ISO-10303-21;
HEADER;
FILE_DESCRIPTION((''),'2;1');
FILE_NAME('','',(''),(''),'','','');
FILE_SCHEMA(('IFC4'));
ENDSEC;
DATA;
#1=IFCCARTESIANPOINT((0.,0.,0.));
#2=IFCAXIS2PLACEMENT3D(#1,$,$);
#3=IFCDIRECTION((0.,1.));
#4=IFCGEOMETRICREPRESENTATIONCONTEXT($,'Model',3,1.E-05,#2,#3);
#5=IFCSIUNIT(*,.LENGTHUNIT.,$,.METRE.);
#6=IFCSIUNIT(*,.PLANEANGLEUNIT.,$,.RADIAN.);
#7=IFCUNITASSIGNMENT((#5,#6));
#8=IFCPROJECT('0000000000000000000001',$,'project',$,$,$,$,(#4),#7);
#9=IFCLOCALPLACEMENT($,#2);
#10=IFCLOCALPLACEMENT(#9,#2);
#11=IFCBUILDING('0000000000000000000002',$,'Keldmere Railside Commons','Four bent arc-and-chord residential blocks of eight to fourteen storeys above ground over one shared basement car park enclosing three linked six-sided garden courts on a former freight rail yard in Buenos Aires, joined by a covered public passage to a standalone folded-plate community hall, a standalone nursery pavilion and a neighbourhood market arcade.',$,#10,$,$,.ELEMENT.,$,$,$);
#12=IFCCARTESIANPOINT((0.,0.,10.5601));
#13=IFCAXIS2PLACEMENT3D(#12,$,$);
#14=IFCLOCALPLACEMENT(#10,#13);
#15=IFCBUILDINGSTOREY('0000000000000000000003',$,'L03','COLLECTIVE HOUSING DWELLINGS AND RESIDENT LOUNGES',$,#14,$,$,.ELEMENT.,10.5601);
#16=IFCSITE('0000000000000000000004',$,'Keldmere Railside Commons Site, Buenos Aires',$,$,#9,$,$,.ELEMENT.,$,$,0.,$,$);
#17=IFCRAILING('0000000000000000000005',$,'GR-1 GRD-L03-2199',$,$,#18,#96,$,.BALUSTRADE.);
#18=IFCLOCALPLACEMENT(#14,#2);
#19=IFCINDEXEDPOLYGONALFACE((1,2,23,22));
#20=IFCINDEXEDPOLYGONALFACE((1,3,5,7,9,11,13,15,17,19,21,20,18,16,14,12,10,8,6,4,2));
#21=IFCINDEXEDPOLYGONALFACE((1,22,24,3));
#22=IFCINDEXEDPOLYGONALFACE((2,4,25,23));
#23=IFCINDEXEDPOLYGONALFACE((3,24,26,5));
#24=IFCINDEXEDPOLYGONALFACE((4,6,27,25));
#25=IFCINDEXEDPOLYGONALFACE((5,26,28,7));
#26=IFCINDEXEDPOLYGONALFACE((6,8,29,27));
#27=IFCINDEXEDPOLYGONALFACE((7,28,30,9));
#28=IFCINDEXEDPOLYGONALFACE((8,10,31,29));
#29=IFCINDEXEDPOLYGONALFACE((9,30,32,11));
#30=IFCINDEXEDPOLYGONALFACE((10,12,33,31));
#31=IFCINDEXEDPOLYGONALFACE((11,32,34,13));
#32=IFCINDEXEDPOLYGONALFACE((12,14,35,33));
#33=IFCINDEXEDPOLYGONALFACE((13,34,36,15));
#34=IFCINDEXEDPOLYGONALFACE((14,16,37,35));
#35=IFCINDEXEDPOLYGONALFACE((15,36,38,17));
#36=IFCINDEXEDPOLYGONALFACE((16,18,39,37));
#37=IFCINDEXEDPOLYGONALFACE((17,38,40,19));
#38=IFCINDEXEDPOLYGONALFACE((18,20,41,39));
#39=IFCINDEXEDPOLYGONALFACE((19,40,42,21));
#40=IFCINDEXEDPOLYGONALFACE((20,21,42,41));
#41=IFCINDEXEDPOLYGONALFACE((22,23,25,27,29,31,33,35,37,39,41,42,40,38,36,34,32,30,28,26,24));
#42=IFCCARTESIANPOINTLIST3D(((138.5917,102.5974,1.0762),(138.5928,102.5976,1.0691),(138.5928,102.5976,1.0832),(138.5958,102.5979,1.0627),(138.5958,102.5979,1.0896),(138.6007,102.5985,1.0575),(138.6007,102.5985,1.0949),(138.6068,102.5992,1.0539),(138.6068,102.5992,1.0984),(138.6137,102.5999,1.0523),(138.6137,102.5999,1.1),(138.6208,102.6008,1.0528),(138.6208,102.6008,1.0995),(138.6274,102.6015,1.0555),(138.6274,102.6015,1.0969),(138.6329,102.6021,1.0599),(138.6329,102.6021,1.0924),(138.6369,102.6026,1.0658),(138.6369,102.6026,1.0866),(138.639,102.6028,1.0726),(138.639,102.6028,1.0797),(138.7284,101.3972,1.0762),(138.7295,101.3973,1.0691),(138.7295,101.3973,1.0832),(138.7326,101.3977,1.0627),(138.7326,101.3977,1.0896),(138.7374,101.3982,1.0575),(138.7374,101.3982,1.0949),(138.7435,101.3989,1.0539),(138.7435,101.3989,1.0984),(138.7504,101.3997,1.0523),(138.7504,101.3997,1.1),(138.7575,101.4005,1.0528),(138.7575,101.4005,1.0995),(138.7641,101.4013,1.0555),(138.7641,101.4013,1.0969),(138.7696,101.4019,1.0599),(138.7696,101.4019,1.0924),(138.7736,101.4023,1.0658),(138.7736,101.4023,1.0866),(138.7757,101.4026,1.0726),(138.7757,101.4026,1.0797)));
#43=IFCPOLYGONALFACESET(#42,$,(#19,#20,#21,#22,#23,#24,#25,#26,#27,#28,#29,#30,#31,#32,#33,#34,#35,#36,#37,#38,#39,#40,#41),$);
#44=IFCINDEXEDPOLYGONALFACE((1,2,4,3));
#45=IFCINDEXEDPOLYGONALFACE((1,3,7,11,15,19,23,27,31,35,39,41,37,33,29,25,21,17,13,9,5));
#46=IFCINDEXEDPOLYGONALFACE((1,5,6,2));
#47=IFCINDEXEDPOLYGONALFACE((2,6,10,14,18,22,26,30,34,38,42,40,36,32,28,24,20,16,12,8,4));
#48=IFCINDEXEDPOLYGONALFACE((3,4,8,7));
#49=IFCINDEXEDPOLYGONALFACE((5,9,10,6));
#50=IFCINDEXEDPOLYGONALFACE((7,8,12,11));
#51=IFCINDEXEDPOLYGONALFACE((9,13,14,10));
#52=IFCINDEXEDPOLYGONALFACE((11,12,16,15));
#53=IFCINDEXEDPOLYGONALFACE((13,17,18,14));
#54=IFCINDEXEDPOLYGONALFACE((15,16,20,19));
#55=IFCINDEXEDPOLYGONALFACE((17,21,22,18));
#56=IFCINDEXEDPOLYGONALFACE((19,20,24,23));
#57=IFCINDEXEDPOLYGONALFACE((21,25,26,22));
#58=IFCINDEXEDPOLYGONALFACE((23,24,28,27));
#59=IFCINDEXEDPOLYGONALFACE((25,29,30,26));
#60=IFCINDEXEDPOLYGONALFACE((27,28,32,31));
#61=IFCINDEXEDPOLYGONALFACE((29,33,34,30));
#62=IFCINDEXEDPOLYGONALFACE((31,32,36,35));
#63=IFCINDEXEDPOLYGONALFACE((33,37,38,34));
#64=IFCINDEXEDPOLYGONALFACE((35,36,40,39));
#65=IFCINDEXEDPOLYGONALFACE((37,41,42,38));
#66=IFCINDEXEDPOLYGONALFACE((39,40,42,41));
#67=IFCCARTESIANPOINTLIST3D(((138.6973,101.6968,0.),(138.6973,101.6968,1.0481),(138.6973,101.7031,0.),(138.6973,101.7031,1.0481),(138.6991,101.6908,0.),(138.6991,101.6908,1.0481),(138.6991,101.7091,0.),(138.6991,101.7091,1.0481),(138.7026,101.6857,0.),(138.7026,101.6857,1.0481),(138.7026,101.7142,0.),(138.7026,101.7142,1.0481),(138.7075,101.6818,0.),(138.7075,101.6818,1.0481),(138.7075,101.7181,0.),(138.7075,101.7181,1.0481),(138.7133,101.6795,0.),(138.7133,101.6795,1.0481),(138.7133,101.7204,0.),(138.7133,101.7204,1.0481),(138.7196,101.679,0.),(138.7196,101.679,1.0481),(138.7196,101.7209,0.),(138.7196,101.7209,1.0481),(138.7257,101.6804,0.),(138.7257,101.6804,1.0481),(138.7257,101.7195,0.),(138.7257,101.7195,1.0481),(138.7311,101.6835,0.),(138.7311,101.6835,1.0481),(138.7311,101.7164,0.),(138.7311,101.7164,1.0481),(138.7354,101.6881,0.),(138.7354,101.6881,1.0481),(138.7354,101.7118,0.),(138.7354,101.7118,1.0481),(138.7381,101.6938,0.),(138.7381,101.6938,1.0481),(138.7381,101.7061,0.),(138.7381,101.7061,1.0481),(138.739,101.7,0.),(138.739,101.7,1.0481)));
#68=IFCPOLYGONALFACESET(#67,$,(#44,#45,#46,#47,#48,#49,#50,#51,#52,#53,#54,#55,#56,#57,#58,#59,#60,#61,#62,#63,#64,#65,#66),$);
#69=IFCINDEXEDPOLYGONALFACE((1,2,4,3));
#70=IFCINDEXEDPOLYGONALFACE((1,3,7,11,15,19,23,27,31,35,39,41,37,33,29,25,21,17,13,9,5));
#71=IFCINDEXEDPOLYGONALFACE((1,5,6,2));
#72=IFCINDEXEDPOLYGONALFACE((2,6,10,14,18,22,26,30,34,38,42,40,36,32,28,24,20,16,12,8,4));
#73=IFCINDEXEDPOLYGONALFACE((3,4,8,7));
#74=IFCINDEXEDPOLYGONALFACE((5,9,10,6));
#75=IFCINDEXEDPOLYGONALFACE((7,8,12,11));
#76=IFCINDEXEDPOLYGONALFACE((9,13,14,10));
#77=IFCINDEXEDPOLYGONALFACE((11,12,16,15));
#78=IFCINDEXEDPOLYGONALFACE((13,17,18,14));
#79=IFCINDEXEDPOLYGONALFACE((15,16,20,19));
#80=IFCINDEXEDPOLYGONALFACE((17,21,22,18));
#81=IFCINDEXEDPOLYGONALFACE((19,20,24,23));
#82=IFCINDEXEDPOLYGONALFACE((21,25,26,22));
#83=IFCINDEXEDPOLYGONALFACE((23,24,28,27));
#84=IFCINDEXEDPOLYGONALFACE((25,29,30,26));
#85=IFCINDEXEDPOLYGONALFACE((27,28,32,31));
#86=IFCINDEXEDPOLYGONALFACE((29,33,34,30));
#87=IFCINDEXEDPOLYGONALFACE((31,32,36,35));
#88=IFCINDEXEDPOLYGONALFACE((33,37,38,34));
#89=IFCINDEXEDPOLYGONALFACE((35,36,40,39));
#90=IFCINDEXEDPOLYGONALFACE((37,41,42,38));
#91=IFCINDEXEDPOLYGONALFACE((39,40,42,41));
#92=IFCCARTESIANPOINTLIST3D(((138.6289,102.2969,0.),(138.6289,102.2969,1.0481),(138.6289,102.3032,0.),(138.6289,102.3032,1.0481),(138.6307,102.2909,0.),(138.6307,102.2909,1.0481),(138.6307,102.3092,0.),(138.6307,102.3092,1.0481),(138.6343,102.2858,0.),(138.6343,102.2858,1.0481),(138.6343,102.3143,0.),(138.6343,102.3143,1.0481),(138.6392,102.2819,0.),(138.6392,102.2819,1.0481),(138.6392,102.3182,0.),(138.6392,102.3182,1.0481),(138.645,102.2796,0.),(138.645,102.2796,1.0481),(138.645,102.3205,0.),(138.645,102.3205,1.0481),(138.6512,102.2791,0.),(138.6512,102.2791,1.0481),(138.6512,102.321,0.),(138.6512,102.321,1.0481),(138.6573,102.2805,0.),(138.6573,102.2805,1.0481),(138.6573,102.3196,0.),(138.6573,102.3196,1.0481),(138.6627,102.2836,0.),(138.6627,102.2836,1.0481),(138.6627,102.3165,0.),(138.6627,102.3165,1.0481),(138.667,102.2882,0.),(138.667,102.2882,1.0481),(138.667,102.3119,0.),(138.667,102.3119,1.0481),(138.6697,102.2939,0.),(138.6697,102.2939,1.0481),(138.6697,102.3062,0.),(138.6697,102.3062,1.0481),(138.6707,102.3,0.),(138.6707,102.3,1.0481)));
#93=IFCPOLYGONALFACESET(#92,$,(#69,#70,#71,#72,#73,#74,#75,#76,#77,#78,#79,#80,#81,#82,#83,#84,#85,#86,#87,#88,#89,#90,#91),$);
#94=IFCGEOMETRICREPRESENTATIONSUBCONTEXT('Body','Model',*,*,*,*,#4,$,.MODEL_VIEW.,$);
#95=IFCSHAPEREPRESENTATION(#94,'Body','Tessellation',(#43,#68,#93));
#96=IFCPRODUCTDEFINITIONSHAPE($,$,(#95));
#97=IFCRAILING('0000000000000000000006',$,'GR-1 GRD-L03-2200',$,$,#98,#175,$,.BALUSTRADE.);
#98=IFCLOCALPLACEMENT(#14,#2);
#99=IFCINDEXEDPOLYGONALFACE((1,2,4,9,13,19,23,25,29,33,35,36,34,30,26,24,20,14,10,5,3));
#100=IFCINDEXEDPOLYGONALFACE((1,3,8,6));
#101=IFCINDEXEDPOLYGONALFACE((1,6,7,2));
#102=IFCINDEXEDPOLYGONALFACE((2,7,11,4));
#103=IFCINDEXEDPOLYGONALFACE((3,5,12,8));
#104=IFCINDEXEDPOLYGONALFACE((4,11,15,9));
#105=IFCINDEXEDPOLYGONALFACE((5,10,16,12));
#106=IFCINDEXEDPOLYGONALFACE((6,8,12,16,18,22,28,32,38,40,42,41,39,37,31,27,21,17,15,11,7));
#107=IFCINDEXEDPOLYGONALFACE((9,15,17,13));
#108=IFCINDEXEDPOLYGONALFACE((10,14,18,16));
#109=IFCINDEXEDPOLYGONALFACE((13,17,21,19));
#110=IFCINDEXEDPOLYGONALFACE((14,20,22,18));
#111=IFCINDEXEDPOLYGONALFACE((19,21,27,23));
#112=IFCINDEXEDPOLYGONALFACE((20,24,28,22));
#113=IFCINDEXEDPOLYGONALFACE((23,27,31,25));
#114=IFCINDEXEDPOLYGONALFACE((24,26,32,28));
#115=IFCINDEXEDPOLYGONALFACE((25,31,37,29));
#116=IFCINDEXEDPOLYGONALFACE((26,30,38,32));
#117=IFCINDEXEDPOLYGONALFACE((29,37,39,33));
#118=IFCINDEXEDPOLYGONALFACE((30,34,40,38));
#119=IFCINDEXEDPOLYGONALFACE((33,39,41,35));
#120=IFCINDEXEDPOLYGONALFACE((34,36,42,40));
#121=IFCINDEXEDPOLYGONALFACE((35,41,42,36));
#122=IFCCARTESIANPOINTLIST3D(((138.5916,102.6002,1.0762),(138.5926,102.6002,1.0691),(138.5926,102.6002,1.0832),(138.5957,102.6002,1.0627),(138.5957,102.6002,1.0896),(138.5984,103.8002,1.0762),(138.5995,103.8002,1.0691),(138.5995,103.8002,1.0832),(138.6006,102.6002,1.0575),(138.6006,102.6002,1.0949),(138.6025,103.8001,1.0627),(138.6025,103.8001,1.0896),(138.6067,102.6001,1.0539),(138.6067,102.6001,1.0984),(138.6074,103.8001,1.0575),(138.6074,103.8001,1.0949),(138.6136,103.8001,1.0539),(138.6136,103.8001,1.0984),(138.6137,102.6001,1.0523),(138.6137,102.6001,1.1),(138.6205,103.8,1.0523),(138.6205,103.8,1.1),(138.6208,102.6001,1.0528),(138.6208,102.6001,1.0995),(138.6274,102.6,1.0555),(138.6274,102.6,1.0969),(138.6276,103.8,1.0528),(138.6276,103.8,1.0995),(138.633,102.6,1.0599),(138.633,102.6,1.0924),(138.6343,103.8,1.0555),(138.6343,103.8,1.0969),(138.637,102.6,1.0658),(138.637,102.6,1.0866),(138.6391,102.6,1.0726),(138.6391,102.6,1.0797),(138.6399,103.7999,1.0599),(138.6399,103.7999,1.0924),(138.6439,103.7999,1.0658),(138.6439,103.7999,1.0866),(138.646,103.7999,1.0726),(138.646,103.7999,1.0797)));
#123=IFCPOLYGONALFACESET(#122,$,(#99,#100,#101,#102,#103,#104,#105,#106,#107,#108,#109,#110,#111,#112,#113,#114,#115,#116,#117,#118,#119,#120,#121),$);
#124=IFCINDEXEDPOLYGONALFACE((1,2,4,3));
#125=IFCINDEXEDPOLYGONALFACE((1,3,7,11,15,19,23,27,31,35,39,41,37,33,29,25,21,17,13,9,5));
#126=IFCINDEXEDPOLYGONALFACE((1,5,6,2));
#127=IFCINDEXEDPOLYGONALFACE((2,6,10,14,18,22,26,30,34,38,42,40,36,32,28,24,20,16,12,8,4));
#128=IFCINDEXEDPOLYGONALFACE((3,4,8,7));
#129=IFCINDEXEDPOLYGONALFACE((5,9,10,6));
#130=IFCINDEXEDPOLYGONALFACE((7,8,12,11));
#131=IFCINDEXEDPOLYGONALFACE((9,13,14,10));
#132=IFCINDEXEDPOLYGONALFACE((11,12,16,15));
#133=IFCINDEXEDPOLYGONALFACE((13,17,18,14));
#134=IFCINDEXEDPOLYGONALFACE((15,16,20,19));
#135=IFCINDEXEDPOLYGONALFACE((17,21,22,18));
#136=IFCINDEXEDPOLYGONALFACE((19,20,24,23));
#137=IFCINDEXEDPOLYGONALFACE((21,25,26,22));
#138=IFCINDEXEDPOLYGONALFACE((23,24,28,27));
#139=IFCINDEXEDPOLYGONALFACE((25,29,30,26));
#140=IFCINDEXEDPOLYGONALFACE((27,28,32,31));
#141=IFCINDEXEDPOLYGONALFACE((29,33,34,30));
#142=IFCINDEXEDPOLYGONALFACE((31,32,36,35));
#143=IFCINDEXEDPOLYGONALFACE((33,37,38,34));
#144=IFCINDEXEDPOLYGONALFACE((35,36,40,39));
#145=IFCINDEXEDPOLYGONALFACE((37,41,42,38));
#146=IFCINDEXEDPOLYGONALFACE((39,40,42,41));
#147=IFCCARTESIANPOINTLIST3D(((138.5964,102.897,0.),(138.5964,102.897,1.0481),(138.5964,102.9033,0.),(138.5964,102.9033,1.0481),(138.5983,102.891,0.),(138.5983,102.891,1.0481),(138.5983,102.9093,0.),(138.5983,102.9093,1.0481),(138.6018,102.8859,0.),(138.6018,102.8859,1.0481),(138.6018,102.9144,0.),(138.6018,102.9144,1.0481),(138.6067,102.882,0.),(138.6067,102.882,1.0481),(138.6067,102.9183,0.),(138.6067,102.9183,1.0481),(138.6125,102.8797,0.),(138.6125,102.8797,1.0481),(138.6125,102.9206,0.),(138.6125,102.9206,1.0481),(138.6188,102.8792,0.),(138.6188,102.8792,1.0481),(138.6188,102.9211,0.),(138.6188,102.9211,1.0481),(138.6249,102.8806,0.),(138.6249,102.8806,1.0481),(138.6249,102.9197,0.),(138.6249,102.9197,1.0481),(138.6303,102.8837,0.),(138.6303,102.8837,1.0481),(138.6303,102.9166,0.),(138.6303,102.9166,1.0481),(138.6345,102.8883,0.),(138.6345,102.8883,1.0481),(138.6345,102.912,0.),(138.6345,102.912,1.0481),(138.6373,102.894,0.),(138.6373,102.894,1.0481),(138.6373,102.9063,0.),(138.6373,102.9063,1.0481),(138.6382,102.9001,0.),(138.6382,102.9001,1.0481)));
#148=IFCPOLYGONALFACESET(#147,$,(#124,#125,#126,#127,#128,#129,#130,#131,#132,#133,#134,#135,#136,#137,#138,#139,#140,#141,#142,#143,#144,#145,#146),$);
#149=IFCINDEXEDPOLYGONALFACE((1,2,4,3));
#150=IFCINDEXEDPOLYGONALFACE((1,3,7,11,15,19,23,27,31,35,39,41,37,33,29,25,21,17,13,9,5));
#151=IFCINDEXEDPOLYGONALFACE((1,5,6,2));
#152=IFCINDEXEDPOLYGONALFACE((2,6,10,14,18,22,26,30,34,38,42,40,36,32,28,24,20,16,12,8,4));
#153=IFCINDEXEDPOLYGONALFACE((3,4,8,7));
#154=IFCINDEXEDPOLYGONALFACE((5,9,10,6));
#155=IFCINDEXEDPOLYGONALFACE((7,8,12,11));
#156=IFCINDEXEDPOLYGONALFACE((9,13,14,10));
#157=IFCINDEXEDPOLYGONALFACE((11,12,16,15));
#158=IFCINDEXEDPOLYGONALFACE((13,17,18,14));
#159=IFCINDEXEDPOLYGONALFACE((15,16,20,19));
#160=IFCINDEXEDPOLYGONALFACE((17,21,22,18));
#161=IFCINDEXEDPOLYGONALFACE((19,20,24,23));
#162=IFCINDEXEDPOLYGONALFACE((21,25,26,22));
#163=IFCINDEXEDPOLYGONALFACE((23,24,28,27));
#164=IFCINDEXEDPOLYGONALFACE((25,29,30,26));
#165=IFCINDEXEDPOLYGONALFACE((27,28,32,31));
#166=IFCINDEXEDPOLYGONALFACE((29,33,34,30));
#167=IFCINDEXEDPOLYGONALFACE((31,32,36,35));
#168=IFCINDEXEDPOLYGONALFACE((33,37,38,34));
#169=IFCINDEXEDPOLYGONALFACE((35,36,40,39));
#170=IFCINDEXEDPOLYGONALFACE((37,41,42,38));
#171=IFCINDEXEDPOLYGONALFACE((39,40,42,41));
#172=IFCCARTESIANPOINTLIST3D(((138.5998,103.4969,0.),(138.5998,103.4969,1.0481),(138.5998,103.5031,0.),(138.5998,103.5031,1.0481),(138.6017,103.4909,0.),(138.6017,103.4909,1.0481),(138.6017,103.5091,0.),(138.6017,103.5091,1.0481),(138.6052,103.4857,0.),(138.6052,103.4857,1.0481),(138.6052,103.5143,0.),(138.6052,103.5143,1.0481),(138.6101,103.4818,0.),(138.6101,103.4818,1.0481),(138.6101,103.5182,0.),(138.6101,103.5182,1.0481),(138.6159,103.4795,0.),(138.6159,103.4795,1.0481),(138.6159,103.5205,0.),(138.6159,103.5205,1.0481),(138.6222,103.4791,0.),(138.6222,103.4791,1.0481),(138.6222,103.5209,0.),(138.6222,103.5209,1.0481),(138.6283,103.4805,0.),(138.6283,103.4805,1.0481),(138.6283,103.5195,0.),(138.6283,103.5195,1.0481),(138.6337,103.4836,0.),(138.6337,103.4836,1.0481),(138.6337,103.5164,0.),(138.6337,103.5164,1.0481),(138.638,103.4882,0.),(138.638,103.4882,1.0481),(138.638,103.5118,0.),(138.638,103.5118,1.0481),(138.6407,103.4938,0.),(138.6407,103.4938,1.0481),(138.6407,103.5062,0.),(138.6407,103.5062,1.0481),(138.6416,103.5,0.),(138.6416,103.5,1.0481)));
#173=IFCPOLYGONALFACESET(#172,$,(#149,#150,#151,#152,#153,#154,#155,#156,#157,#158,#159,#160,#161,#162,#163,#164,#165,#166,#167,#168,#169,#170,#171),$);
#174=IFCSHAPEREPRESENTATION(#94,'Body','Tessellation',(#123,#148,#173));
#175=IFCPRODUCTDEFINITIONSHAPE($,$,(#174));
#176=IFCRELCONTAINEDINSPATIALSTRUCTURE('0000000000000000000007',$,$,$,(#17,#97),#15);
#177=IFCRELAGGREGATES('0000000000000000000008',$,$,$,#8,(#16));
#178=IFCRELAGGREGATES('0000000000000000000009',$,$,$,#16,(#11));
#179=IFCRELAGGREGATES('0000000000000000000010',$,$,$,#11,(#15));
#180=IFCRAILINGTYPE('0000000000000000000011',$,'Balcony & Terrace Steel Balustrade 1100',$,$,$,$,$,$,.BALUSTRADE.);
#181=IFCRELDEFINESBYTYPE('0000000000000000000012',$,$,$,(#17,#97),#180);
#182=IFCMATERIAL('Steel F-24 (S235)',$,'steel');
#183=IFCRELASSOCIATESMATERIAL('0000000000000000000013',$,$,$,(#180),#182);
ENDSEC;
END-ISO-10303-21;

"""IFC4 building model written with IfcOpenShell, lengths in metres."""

from ifc_helpers import new_model, si_unit, direction, frame, origin, origin_2d, place, context, subcontext, project, spatial, circle, extrude, material, type_object, element, save


model = new_model("IFC4")

# Units and contexts
model_context = context("Model", 3, precision=1e-05, world=origin(), true_north=direction((0.0, 1.0)))
body_context = subcontext(model_context, "Body", "Model", "MODEL_VIEW")
ifc_project = project(units=[si_unit("LENGTHUNIT", "METRE"), si_unit("PLANEANGLEUNIT", "RADIAN")], contexts=[model_context])

# Site, building, storey
site_placement = place(None, origin())
site = spatial("IfcSite", under=ifc_project, at=site_placement, Name="Keldmere Railside Commons Site, Buenos Aires", CompositionType="ELEMENT", RefElevation=0.0)
building_placement = place(site_placement, origin())
building = spatial("IfcBuilding", under=site, at=building_placement, Name="Keldmere Railside Commons", Description="Four bent arc-and-chord residential blocks of eight to fourteen storeys above ground over one shared basement car park enclosing three linked six-sided garden courts on a former freight rail yard in Buenos Aires, joined by a covered public passage to a standalone folded-plate community hall, a standalone nursery pavilion and a neighbourhood market arcade.", CompositionType="ELEMENT")
storey_placement = place(building_placement, frame((0.0, 0.0, 10.5601)))
storey = spatial("IfcBuildingStorey", under=building, at=storey_placement, Name="L03", Description="COLLECTIVE HOUSING DWELLINGS AND RESIDENT LOUNGES", CompositionType="ELEMENT", Elevation=10.5601)

# Shared definitions
ifc_material_1 = material(Name="Steel F-24 (S235)", Category="steel")

# Railings
railing_type_1 = type_object("IfcRailingType", Name="Balcony & Terrace Steel Balustrade 1100", PredefinedType="BALUSTRADE", material=ifc_material_1)
railing_1_placement = place(storey_placement, frame((138.7522, 101.3999, 0.0)))
element("IfcRailing", 1, at=railing_1_placement, inside=storey, type_object=railing_type_1, Name="GR-1 GRD-L03-2199", PredefinedType="BALUSTRADE", context=body_context, shape_type="SweptSolid", body=[
    extrude(circle(Radius=0.0239, at=origin_2d()), frame((0.0, 0.0, 1.0762), z_axis=(-0.113182, 0.993574, 0.0), x_axis=(-0.993574, -0.113182, 0.0)), (0.0, 0.0, 1.0), 1.208),
    extrude(circle(Radius=0.021, at=origin_2d()), frame((-0.0342, 0.3, 0.0)), (0.0, 0.0, 1.0), 1.0481),
    extrude(circle(Radius=0.021, at=origin_2d()), frame((-0.1025, 0.9001, 0.0)), (0.0, 0.0, 1.0), 1.0481),
])
railing_2_placement = place(storey_placement, frame((138.6155, 102.6001, 0.0)))
element("IfcRailing", 2, at=railing_2_placement, inside=storey, type_object=railing_type_1, Name="GR-1 GRD-L03-2200", PredefinedType="BALUSTRADE", context=body_context, shape_type="SweptSolid", body=[
    extrude(circle(Radius=0.0239, at=origin_2d()), frame((0.0, 0.0, 1.0762), z_axis=(0.005697, 0.999984, 0.0), x_axis=(-0.999984, 0.005697, 0.0)), (0.0, 0.0, 1.0), 1.2),
    extrude(circle(Radius=0.021, at=origin_2d()), frame((0.0017, 0.3, 0.0)), (0.0, 0.0, 1.0), 1.0481),
    extrude(circle(Radius=0.021, at=origin_2d()), frame((0.0051, 0.8999, 0.0)), (0.0, 0.0, 1.0), 1.0481),
])

save(model, "model.ifc")
